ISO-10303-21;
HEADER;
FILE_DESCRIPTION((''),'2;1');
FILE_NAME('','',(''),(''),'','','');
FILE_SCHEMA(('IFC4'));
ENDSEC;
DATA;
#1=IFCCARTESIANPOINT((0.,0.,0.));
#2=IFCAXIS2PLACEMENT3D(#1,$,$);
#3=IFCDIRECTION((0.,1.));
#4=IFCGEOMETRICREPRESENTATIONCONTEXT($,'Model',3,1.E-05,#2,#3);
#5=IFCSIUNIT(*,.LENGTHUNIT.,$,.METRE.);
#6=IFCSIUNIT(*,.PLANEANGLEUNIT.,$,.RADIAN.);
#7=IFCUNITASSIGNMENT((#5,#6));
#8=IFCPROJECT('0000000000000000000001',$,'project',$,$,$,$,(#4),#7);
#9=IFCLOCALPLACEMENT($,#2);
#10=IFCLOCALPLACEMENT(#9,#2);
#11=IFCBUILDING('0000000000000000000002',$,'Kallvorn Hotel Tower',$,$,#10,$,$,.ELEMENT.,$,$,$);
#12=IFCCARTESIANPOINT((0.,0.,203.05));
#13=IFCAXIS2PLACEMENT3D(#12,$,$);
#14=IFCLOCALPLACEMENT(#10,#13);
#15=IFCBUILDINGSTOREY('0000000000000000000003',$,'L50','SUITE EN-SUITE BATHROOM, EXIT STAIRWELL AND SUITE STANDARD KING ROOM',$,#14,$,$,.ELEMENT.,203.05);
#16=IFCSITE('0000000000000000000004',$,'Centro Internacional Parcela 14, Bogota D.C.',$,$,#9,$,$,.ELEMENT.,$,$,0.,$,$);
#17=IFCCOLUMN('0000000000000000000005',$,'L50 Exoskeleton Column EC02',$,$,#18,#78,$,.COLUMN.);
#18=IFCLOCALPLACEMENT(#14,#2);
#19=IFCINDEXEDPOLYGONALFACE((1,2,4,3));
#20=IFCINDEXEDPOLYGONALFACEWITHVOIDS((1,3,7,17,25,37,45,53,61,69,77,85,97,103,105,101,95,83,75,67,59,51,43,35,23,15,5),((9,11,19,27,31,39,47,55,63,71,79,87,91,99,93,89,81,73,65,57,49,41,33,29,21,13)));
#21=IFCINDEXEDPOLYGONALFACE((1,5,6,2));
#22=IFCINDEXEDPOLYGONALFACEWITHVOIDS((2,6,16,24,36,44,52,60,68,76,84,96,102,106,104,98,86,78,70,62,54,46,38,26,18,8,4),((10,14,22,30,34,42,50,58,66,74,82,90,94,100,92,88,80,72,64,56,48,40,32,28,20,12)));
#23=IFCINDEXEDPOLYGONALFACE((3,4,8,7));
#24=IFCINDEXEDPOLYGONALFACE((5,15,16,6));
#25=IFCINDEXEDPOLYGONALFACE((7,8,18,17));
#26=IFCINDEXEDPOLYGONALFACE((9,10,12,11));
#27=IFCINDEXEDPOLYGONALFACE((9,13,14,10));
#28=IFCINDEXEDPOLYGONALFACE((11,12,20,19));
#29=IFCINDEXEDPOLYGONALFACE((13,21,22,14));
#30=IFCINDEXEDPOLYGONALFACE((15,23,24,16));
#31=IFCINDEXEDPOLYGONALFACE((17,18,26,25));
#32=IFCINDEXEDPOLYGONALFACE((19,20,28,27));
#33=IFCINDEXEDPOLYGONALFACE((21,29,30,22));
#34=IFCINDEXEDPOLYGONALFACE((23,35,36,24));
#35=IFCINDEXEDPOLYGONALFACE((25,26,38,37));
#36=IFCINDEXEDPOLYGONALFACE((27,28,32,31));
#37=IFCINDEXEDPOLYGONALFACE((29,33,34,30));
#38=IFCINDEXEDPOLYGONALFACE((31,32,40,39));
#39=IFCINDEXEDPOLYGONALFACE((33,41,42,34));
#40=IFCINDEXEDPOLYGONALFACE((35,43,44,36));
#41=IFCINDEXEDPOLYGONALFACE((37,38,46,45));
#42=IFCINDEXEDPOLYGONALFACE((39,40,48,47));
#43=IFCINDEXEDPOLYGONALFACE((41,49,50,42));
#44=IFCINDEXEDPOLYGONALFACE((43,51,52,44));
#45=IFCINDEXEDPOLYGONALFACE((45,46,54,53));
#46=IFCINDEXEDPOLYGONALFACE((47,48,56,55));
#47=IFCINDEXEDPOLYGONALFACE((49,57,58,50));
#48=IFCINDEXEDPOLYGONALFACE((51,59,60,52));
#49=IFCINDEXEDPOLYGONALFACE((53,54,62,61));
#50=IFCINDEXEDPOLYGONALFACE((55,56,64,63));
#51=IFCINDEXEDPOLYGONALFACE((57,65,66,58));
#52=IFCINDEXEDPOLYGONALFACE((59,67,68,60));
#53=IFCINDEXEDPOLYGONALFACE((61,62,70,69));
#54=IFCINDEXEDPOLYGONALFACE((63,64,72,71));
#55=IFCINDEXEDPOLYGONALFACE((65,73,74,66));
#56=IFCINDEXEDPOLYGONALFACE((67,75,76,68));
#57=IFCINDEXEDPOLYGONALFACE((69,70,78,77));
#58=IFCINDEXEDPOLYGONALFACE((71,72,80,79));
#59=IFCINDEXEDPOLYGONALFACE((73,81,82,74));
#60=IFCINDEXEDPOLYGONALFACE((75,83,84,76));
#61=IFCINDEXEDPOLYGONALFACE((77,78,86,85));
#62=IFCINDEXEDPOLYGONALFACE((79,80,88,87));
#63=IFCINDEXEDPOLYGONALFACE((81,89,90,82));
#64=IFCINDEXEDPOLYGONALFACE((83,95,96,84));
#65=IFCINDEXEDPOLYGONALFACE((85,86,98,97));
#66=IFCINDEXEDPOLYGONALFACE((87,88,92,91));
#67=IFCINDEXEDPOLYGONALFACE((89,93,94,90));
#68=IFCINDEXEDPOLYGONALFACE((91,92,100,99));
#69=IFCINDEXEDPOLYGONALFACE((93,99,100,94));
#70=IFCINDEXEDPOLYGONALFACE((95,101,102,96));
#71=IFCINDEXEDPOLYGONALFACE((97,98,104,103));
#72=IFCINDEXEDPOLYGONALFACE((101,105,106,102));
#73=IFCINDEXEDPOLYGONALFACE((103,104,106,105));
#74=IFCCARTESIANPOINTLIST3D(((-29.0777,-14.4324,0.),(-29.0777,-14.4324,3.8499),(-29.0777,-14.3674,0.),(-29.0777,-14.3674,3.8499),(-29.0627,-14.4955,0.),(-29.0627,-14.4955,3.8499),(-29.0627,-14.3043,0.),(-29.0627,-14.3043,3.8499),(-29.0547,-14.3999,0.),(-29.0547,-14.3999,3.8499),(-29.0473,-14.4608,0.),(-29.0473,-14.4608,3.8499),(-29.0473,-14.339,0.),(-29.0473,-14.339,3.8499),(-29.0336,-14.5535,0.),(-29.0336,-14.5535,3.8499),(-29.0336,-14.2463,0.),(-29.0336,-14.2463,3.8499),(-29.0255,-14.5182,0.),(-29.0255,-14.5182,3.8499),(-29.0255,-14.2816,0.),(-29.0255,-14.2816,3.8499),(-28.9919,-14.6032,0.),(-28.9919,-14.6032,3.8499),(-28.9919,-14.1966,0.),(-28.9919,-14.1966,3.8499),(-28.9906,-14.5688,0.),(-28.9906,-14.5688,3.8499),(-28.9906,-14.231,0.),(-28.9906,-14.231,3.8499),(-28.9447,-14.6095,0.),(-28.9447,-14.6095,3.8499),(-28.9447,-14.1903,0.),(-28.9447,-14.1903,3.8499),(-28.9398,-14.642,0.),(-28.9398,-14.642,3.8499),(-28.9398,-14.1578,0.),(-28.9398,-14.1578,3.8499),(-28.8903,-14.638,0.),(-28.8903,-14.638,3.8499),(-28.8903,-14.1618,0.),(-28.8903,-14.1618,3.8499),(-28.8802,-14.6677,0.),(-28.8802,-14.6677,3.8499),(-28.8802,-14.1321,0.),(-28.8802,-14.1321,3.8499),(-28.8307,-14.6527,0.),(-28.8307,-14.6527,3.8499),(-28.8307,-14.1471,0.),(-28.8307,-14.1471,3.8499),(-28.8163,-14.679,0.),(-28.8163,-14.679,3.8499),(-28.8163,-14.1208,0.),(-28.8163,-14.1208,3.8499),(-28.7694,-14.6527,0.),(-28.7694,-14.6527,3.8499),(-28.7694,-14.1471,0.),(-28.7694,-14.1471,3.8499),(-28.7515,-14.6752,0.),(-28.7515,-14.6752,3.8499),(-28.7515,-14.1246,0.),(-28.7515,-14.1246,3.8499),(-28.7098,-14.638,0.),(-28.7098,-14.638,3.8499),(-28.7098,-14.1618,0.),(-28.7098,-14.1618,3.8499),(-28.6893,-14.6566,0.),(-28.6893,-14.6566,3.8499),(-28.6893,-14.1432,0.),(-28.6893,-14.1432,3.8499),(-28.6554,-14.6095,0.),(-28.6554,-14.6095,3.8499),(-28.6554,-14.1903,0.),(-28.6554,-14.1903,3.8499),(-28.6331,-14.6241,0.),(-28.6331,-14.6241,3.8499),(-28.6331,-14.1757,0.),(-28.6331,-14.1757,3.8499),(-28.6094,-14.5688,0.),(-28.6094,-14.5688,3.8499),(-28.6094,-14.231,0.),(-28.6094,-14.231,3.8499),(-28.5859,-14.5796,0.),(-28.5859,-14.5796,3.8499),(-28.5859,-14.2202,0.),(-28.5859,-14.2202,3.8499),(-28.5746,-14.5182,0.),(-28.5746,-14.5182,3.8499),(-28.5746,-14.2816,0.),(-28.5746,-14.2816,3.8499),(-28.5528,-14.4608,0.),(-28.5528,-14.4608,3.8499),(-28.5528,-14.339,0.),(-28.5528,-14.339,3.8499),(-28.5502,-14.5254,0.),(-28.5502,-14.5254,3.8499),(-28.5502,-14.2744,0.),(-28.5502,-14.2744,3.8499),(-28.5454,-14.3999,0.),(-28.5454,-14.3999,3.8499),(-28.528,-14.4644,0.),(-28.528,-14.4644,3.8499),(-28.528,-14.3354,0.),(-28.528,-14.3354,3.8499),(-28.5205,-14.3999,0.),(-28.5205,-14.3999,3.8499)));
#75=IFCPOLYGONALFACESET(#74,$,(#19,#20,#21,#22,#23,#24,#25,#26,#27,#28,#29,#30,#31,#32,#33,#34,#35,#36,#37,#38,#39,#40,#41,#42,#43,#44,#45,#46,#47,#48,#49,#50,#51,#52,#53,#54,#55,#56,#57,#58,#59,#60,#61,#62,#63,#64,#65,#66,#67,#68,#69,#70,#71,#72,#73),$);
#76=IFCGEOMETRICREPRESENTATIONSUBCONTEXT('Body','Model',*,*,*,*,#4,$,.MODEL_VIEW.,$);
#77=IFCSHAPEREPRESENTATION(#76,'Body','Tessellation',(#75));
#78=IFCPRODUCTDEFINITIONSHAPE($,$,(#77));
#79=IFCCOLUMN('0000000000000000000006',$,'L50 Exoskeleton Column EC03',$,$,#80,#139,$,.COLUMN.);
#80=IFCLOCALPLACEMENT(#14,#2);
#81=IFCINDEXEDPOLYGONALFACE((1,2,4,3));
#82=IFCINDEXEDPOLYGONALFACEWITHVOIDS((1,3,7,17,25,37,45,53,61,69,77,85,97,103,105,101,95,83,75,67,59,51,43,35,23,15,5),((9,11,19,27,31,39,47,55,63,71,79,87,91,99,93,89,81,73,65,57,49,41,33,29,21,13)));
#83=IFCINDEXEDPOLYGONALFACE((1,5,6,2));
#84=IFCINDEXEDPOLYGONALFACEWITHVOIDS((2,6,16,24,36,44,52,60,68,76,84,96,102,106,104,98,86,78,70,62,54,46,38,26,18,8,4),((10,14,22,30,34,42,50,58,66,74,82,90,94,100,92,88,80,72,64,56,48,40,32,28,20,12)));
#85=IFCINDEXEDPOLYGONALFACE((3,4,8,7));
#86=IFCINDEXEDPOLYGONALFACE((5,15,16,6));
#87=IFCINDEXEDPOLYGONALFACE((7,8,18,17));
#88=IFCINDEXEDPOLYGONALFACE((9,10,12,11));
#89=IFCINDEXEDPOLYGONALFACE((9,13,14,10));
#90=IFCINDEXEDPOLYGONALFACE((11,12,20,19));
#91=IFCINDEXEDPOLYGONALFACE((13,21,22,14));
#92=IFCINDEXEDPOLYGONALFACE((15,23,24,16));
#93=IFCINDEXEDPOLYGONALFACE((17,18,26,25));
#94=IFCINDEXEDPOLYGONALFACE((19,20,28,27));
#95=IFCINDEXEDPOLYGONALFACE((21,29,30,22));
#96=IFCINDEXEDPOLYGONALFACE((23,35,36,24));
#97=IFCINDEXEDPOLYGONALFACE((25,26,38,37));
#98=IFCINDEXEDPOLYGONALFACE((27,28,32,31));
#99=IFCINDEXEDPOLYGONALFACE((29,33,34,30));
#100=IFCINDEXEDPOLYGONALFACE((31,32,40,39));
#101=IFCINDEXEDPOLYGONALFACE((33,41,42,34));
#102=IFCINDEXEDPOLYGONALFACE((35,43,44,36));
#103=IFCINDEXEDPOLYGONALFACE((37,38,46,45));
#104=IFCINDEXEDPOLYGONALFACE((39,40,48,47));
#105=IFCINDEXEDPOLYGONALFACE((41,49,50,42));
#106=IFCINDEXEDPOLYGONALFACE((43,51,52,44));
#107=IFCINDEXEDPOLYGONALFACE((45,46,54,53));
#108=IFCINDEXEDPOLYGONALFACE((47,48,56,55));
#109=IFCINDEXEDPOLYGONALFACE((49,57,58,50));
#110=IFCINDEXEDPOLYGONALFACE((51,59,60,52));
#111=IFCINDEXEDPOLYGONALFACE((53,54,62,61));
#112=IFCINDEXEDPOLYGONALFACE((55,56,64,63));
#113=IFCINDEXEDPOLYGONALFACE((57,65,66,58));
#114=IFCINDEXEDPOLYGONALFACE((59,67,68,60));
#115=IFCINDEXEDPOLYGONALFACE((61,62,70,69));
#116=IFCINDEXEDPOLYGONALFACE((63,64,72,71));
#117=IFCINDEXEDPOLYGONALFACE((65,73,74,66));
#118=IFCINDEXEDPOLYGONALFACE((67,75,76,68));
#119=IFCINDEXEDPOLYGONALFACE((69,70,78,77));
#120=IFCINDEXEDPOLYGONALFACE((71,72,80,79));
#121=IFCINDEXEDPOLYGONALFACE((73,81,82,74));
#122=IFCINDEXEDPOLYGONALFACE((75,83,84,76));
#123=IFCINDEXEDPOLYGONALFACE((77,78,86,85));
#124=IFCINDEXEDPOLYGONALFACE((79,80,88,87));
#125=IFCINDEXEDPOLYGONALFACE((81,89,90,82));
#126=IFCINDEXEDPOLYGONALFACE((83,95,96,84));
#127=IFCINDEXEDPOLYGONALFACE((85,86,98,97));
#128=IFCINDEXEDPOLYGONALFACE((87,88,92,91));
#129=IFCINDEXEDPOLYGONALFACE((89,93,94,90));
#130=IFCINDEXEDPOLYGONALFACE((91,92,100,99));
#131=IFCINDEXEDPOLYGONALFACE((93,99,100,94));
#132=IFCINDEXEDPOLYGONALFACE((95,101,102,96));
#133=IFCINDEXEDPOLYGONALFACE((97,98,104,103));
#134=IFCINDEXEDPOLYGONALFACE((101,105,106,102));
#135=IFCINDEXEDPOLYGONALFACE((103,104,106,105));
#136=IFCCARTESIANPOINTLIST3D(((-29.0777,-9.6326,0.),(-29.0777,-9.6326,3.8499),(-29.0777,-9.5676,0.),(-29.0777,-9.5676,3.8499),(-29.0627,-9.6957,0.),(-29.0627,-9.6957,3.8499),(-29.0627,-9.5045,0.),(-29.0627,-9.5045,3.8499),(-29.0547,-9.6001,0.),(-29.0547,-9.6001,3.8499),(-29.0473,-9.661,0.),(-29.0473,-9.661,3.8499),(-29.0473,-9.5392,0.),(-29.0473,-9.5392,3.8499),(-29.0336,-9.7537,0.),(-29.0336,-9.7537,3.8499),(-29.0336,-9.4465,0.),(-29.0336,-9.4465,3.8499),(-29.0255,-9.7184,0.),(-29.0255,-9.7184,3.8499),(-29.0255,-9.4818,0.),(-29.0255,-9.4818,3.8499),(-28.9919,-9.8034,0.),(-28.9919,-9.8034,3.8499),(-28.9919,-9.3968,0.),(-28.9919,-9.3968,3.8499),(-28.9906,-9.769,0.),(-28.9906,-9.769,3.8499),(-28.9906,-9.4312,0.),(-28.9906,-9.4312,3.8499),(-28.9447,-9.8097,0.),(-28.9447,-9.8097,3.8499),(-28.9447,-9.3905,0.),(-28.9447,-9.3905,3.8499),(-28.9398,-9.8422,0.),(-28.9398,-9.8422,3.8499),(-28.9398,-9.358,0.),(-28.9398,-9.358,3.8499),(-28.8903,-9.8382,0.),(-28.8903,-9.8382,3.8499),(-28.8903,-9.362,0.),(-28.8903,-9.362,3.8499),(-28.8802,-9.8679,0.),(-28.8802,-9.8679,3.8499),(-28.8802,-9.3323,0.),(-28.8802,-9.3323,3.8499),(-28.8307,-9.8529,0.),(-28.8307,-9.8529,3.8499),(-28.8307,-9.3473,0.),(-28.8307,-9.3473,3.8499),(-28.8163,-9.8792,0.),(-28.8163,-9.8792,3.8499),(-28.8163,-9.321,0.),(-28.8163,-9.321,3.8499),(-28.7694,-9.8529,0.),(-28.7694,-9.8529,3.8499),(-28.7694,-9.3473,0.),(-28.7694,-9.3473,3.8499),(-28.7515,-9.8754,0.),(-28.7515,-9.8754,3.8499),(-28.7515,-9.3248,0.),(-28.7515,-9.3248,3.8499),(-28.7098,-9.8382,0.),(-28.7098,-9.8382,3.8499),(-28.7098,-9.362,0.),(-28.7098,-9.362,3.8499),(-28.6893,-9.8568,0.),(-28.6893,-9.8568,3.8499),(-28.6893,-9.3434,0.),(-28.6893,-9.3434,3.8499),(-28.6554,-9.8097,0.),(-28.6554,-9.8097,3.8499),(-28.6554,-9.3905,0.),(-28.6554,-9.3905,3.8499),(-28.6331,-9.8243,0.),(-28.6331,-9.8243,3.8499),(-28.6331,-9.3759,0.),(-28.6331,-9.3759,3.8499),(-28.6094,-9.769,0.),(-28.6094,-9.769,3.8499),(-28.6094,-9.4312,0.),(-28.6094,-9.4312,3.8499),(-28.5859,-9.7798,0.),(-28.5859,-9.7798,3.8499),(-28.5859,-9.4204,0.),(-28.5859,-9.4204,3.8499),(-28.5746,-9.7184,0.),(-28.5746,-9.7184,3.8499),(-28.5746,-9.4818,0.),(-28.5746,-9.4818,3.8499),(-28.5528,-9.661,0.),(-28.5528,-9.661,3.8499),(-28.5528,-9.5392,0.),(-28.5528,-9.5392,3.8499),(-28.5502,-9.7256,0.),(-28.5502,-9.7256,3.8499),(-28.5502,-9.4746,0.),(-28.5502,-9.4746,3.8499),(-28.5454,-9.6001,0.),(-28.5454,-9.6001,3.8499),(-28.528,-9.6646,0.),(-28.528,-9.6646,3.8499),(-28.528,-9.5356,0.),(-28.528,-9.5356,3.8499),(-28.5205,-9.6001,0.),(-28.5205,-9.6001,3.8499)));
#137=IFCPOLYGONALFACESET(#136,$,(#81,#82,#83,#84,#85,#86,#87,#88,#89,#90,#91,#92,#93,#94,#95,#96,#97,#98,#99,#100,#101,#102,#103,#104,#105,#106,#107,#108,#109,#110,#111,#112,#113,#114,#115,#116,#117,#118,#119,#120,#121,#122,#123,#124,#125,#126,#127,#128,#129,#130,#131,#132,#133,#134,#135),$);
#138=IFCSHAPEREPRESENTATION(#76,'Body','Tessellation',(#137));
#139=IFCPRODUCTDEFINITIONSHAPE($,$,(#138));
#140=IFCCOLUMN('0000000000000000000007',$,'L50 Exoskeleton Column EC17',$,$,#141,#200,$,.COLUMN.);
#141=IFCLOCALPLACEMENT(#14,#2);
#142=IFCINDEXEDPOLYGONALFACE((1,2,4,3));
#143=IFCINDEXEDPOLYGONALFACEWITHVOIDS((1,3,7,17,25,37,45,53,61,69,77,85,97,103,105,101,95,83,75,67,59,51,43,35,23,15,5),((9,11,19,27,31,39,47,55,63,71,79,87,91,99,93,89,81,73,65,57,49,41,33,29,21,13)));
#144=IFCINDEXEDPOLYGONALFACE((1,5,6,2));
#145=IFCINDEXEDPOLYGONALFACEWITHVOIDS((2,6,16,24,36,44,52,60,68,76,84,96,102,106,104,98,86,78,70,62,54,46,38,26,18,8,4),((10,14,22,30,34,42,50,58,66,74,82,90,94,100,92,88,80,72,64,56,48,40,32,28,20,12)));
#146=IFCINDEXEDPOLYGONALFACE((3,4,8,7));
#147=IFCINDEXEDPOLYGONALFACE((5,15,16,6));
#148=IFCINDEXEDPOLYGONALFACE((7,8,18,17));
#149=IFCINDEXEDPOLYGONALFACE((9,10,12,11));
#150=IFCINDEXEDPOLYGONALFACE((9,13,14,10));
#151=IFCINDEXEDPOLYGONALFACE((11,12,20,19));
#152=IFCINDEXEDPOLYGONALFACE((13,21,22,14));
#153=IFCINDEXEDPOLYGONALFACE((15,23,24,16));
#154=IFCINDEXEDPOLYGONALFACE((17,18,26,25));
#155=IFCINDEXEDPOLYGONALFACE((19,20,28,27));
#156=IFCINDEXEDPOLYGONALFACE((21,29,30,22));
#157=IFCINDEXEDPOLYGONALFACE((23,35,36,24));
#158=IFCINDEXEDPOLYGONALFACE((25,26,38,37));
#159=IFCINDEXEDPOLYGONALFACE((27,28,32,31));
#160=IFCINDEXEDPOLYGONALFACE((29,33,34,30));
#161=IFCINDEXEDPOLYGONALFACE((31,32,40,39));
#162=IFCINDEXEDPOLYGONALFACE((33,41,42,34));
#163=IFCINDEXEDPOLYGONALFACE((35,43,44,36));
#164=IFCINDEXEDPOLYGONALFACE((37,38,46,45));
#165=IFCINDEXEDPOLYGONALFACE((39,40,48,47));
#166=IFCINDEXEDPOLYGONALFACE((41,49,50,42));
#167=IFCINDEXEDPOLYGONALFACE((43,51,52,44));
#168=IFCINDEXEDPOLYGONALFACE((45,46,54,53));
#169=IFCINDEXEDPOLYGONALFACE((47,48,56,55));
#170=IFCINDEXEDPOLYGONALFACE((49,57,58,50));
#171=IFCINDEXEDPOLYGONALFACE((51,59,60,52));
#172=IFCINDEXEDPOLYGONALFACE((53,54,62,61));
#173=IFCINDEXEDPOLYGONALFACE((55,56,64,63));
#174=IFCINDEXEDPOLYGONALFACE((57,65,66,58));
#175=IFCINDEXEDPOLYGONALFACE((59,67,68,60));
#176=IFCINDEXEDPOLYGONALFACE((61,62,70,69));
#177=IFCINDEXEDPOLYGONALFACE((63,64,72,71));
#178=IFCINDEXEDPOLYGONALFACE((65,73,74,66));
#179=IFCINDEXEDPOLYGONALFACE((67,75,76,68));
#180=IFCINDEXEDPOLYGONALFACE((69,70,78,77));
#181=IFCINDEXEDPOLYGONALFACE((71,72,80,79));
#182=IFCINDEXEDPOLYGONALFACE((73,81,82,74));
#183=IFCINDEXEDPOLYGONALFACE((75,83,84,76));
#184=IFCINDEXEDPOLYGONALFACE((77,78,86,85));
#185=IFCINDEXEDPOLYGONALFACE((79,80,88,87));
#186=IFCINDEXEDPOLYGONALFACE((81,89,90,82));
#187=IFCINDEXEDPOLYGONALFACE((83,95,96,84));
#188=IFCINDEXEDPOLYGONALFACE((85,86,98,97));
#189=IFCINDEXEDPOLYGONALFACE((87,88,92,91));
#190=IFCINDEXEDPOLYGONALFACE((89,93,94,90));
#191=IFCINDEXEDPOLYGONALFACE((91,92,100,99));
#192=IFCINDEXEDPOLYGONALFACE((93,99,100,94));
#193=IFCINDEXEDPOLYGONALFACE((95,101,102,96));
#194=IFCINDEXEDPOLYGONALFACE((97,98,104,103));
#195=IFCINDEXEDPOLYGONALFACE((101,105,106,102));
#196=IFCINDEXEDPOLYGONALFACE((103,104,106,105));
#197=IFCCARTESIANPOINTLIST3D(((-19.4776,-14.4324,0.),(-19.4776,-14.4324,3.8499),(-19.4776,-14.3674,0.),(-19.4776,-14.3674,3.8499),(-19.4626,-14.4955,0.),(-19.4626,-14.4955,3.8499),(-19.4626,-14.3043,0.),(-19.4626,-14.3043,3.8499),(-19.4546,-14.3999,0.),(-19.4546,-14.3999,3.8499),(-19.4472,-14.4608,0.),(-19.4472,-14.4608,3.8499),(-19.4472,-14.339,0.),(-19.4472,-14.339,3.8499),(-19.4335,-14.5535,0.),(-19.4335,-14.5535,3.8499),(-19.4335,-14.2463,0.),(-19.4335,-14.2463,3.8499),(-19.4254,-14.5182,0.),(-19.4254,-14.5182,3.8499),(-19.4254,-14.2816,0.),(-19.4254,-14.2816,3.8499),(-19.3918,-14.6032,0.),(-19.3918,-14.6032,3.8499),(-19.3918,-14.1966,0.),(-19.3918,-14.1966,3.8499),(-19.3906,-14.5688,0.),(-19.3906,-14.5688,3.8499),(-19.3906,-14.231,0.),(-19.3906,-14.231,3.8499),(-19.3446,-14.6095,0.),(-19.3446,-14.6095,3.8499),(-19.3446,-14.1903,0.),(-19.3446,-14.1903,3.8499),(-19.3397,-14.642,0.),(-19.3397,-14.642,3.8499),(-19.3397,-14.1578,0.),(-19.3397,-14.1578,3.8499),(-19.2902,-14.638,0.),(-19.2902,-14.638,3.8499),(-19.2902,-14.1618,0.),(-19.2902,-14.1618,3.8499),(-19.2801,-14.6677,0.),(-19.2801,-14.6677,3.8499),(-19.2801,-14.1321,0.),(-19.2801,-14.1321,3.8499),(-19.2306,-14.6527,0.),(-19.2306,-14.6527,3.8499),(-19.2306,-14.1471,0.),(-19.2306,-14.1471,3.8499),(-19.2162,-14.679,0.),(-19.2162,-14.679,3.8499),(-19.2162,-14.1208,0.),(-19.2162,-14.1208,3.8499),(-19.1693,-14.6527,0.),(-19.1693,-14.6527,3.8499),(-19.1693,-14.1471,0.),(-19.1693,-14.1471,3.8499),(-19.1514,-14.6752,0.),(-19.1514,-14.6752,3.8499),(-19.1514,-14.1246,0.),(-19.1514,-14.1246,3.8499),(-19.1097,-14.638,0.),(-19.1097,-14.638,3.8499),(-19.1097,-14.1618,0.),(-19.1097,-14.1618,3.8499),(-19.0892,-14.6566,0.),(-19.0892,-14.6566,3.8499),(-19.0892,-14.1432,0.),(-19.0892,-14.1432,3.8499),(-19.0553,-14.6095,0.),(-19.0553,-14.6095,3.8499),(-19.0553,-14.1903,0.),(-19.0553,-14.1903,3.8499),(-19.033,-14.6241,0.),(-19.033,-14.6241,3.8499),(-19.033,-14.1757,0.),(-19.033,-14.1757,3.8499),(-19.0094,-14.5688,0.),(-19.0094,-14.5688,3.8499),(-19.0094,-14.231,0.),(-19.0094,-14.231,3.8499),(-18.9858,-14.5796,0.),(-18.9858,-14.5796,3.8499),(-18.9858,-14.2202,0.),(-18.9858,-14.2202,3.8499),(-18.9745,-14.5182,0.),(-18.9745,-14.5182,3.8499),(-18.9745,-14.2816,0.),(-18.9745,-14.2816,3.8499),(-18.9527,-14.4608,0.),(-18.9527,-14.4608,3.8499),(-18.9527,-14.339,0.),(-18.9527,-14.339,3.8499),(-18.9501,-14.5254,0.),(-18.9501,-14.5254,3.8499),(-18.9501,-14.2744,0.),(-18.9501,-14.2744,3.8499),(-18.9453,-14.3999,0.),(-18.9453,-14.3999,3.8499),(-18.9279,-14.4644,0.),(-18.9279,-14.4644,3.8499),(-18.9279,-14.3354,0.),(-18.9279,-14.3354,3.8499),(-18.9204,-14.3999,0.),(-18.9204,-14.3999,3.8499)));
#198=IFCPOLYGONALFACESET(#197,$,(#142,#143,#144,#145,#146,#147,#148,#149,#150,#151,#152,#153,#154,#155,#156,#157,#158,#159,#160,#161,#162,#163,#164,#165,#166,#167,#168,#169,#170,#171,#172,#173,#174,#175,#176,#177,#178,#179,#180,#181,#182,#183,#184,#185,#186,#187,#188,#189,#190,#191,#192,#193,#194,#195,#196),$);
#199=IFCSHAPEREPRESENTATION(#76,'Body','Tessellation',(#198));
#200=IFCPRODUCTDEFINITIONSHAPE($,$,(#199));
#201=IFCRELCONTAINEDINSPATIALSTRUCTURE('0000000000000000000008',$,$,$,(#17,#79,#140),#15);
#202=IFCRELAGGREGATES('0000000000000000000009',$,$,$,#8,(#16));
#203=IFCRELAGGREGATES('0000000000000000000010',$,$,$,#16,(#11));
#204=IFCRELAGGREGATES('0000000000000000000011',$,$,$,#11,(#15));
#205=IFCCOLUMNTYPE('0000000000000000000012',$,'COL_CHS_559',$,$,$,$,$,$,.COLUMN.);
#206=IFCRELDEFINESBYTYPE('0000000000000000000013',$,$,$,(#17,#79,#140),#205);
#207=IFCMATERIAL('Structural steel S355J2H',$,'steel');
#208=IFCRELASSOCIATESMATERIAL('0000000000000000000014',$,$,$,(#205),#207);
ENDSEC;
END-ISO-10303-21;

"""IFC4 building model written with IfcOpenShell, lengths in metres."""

from ifc_helpers import new_model, si_unit, direction, frame, origin, origin_2d, place, context, subcontext, project, spatial, hollow_circle, extrude, material, material_profile, profile_set, type_object, element, save


model = new_model("IFC4")

# Units and contexts
model_context = context("Model", 3, precision=1e-05, world=origin(), true_north=direction((0.0, 1.0)))
body_context = subcontext(model_context, "Body", "Model", "MODEL_VIEW")
ifc_project = project(units=[si_unit("LENGTHUNIT", "METRE"), si_unit("PLANEANGLEUNIT", "RADIAN")], contexts=[model_context])

# Site, building, storey
site_placement = place(None, origin())
site = spatial("IfcSite", under=ifc_project, at=site_placement, Name="Centro Internacional Parcela 14, Bogota D.C.", CompositionType="ELEMENT", RefElevation=0.0)
building_placement = place(site_placement, origin())
building = spatial("IfcBuilding", under=site, at=building_placement, Name="Kallvorn Hotel Tower", CompositionType="ELEMENT")
storey_placement = place(building_placement, frame((0.0, 0.0, 203.05)))
storey = spatial("IfcBuildingStorey", under=building, at=storey_placement, Name="L50", Description="SUITE EN-SUITE BATHROOM, EXIT STAIRWELL AND SUITE STANDARD KING ROOM", CompositionType="ELEMENT", Elevation=203.05)

# Columns
ifc_material_1 = material(Name="Structural steel S355J2H", Category="steel")
ifc_material_profile_1 = material_profile(ifc_material_1, hollow_circle(Radius=0.2795, WallThickness=0.0249, at=origin_2d()), Name="CHS 559x25")
ifc_profile_set_1 = profile_set([ifc_material_profile_1], Name="Structural steel S355J2H")
column_type_1 = type_object("IfcColumnType", Name="COL_CHS_559", PredefinedType="COLUMN", material=ifc_profile_set_1)
for number, where, z_axis, x_axis, name in (
    (1, (-28.8, -14.3999, 0.0), (0.0, 0.0, 1.0), (1.0, 0.0, 0.0), "L50 Exoskeleton Column EC02"),
    (2, (-28.8, -9.6001, 0.0), (0.0, 0.0, 1.0), (1.0, 0.0, 0.0), "L50 Exoskeleton Column EC03"),
    (3, (-19.2, -14.3999, 0.0), (0.0, 0.0, 1.0), (1.0, 0.0, 0.0), "L50 Exoskeleton Column EC17"),
):
    element("IfcColumn", number, at=place(storey_placement, frame(where, z_axis=z_axis, x_axis=x_axis)), inside=storey, type_object=column_type_1, Name=name, PredefinedType="COLUMN", context=body_context, shape_type="SweptSolid", body=[
        extrude(hollow_circle(Radius=0.2795, WallThickness=0.0249, at=origin_2d()), origin(), (0.0, 0.0, 1.0), 3.8499),
    ])

save(model, "model.ifc")
